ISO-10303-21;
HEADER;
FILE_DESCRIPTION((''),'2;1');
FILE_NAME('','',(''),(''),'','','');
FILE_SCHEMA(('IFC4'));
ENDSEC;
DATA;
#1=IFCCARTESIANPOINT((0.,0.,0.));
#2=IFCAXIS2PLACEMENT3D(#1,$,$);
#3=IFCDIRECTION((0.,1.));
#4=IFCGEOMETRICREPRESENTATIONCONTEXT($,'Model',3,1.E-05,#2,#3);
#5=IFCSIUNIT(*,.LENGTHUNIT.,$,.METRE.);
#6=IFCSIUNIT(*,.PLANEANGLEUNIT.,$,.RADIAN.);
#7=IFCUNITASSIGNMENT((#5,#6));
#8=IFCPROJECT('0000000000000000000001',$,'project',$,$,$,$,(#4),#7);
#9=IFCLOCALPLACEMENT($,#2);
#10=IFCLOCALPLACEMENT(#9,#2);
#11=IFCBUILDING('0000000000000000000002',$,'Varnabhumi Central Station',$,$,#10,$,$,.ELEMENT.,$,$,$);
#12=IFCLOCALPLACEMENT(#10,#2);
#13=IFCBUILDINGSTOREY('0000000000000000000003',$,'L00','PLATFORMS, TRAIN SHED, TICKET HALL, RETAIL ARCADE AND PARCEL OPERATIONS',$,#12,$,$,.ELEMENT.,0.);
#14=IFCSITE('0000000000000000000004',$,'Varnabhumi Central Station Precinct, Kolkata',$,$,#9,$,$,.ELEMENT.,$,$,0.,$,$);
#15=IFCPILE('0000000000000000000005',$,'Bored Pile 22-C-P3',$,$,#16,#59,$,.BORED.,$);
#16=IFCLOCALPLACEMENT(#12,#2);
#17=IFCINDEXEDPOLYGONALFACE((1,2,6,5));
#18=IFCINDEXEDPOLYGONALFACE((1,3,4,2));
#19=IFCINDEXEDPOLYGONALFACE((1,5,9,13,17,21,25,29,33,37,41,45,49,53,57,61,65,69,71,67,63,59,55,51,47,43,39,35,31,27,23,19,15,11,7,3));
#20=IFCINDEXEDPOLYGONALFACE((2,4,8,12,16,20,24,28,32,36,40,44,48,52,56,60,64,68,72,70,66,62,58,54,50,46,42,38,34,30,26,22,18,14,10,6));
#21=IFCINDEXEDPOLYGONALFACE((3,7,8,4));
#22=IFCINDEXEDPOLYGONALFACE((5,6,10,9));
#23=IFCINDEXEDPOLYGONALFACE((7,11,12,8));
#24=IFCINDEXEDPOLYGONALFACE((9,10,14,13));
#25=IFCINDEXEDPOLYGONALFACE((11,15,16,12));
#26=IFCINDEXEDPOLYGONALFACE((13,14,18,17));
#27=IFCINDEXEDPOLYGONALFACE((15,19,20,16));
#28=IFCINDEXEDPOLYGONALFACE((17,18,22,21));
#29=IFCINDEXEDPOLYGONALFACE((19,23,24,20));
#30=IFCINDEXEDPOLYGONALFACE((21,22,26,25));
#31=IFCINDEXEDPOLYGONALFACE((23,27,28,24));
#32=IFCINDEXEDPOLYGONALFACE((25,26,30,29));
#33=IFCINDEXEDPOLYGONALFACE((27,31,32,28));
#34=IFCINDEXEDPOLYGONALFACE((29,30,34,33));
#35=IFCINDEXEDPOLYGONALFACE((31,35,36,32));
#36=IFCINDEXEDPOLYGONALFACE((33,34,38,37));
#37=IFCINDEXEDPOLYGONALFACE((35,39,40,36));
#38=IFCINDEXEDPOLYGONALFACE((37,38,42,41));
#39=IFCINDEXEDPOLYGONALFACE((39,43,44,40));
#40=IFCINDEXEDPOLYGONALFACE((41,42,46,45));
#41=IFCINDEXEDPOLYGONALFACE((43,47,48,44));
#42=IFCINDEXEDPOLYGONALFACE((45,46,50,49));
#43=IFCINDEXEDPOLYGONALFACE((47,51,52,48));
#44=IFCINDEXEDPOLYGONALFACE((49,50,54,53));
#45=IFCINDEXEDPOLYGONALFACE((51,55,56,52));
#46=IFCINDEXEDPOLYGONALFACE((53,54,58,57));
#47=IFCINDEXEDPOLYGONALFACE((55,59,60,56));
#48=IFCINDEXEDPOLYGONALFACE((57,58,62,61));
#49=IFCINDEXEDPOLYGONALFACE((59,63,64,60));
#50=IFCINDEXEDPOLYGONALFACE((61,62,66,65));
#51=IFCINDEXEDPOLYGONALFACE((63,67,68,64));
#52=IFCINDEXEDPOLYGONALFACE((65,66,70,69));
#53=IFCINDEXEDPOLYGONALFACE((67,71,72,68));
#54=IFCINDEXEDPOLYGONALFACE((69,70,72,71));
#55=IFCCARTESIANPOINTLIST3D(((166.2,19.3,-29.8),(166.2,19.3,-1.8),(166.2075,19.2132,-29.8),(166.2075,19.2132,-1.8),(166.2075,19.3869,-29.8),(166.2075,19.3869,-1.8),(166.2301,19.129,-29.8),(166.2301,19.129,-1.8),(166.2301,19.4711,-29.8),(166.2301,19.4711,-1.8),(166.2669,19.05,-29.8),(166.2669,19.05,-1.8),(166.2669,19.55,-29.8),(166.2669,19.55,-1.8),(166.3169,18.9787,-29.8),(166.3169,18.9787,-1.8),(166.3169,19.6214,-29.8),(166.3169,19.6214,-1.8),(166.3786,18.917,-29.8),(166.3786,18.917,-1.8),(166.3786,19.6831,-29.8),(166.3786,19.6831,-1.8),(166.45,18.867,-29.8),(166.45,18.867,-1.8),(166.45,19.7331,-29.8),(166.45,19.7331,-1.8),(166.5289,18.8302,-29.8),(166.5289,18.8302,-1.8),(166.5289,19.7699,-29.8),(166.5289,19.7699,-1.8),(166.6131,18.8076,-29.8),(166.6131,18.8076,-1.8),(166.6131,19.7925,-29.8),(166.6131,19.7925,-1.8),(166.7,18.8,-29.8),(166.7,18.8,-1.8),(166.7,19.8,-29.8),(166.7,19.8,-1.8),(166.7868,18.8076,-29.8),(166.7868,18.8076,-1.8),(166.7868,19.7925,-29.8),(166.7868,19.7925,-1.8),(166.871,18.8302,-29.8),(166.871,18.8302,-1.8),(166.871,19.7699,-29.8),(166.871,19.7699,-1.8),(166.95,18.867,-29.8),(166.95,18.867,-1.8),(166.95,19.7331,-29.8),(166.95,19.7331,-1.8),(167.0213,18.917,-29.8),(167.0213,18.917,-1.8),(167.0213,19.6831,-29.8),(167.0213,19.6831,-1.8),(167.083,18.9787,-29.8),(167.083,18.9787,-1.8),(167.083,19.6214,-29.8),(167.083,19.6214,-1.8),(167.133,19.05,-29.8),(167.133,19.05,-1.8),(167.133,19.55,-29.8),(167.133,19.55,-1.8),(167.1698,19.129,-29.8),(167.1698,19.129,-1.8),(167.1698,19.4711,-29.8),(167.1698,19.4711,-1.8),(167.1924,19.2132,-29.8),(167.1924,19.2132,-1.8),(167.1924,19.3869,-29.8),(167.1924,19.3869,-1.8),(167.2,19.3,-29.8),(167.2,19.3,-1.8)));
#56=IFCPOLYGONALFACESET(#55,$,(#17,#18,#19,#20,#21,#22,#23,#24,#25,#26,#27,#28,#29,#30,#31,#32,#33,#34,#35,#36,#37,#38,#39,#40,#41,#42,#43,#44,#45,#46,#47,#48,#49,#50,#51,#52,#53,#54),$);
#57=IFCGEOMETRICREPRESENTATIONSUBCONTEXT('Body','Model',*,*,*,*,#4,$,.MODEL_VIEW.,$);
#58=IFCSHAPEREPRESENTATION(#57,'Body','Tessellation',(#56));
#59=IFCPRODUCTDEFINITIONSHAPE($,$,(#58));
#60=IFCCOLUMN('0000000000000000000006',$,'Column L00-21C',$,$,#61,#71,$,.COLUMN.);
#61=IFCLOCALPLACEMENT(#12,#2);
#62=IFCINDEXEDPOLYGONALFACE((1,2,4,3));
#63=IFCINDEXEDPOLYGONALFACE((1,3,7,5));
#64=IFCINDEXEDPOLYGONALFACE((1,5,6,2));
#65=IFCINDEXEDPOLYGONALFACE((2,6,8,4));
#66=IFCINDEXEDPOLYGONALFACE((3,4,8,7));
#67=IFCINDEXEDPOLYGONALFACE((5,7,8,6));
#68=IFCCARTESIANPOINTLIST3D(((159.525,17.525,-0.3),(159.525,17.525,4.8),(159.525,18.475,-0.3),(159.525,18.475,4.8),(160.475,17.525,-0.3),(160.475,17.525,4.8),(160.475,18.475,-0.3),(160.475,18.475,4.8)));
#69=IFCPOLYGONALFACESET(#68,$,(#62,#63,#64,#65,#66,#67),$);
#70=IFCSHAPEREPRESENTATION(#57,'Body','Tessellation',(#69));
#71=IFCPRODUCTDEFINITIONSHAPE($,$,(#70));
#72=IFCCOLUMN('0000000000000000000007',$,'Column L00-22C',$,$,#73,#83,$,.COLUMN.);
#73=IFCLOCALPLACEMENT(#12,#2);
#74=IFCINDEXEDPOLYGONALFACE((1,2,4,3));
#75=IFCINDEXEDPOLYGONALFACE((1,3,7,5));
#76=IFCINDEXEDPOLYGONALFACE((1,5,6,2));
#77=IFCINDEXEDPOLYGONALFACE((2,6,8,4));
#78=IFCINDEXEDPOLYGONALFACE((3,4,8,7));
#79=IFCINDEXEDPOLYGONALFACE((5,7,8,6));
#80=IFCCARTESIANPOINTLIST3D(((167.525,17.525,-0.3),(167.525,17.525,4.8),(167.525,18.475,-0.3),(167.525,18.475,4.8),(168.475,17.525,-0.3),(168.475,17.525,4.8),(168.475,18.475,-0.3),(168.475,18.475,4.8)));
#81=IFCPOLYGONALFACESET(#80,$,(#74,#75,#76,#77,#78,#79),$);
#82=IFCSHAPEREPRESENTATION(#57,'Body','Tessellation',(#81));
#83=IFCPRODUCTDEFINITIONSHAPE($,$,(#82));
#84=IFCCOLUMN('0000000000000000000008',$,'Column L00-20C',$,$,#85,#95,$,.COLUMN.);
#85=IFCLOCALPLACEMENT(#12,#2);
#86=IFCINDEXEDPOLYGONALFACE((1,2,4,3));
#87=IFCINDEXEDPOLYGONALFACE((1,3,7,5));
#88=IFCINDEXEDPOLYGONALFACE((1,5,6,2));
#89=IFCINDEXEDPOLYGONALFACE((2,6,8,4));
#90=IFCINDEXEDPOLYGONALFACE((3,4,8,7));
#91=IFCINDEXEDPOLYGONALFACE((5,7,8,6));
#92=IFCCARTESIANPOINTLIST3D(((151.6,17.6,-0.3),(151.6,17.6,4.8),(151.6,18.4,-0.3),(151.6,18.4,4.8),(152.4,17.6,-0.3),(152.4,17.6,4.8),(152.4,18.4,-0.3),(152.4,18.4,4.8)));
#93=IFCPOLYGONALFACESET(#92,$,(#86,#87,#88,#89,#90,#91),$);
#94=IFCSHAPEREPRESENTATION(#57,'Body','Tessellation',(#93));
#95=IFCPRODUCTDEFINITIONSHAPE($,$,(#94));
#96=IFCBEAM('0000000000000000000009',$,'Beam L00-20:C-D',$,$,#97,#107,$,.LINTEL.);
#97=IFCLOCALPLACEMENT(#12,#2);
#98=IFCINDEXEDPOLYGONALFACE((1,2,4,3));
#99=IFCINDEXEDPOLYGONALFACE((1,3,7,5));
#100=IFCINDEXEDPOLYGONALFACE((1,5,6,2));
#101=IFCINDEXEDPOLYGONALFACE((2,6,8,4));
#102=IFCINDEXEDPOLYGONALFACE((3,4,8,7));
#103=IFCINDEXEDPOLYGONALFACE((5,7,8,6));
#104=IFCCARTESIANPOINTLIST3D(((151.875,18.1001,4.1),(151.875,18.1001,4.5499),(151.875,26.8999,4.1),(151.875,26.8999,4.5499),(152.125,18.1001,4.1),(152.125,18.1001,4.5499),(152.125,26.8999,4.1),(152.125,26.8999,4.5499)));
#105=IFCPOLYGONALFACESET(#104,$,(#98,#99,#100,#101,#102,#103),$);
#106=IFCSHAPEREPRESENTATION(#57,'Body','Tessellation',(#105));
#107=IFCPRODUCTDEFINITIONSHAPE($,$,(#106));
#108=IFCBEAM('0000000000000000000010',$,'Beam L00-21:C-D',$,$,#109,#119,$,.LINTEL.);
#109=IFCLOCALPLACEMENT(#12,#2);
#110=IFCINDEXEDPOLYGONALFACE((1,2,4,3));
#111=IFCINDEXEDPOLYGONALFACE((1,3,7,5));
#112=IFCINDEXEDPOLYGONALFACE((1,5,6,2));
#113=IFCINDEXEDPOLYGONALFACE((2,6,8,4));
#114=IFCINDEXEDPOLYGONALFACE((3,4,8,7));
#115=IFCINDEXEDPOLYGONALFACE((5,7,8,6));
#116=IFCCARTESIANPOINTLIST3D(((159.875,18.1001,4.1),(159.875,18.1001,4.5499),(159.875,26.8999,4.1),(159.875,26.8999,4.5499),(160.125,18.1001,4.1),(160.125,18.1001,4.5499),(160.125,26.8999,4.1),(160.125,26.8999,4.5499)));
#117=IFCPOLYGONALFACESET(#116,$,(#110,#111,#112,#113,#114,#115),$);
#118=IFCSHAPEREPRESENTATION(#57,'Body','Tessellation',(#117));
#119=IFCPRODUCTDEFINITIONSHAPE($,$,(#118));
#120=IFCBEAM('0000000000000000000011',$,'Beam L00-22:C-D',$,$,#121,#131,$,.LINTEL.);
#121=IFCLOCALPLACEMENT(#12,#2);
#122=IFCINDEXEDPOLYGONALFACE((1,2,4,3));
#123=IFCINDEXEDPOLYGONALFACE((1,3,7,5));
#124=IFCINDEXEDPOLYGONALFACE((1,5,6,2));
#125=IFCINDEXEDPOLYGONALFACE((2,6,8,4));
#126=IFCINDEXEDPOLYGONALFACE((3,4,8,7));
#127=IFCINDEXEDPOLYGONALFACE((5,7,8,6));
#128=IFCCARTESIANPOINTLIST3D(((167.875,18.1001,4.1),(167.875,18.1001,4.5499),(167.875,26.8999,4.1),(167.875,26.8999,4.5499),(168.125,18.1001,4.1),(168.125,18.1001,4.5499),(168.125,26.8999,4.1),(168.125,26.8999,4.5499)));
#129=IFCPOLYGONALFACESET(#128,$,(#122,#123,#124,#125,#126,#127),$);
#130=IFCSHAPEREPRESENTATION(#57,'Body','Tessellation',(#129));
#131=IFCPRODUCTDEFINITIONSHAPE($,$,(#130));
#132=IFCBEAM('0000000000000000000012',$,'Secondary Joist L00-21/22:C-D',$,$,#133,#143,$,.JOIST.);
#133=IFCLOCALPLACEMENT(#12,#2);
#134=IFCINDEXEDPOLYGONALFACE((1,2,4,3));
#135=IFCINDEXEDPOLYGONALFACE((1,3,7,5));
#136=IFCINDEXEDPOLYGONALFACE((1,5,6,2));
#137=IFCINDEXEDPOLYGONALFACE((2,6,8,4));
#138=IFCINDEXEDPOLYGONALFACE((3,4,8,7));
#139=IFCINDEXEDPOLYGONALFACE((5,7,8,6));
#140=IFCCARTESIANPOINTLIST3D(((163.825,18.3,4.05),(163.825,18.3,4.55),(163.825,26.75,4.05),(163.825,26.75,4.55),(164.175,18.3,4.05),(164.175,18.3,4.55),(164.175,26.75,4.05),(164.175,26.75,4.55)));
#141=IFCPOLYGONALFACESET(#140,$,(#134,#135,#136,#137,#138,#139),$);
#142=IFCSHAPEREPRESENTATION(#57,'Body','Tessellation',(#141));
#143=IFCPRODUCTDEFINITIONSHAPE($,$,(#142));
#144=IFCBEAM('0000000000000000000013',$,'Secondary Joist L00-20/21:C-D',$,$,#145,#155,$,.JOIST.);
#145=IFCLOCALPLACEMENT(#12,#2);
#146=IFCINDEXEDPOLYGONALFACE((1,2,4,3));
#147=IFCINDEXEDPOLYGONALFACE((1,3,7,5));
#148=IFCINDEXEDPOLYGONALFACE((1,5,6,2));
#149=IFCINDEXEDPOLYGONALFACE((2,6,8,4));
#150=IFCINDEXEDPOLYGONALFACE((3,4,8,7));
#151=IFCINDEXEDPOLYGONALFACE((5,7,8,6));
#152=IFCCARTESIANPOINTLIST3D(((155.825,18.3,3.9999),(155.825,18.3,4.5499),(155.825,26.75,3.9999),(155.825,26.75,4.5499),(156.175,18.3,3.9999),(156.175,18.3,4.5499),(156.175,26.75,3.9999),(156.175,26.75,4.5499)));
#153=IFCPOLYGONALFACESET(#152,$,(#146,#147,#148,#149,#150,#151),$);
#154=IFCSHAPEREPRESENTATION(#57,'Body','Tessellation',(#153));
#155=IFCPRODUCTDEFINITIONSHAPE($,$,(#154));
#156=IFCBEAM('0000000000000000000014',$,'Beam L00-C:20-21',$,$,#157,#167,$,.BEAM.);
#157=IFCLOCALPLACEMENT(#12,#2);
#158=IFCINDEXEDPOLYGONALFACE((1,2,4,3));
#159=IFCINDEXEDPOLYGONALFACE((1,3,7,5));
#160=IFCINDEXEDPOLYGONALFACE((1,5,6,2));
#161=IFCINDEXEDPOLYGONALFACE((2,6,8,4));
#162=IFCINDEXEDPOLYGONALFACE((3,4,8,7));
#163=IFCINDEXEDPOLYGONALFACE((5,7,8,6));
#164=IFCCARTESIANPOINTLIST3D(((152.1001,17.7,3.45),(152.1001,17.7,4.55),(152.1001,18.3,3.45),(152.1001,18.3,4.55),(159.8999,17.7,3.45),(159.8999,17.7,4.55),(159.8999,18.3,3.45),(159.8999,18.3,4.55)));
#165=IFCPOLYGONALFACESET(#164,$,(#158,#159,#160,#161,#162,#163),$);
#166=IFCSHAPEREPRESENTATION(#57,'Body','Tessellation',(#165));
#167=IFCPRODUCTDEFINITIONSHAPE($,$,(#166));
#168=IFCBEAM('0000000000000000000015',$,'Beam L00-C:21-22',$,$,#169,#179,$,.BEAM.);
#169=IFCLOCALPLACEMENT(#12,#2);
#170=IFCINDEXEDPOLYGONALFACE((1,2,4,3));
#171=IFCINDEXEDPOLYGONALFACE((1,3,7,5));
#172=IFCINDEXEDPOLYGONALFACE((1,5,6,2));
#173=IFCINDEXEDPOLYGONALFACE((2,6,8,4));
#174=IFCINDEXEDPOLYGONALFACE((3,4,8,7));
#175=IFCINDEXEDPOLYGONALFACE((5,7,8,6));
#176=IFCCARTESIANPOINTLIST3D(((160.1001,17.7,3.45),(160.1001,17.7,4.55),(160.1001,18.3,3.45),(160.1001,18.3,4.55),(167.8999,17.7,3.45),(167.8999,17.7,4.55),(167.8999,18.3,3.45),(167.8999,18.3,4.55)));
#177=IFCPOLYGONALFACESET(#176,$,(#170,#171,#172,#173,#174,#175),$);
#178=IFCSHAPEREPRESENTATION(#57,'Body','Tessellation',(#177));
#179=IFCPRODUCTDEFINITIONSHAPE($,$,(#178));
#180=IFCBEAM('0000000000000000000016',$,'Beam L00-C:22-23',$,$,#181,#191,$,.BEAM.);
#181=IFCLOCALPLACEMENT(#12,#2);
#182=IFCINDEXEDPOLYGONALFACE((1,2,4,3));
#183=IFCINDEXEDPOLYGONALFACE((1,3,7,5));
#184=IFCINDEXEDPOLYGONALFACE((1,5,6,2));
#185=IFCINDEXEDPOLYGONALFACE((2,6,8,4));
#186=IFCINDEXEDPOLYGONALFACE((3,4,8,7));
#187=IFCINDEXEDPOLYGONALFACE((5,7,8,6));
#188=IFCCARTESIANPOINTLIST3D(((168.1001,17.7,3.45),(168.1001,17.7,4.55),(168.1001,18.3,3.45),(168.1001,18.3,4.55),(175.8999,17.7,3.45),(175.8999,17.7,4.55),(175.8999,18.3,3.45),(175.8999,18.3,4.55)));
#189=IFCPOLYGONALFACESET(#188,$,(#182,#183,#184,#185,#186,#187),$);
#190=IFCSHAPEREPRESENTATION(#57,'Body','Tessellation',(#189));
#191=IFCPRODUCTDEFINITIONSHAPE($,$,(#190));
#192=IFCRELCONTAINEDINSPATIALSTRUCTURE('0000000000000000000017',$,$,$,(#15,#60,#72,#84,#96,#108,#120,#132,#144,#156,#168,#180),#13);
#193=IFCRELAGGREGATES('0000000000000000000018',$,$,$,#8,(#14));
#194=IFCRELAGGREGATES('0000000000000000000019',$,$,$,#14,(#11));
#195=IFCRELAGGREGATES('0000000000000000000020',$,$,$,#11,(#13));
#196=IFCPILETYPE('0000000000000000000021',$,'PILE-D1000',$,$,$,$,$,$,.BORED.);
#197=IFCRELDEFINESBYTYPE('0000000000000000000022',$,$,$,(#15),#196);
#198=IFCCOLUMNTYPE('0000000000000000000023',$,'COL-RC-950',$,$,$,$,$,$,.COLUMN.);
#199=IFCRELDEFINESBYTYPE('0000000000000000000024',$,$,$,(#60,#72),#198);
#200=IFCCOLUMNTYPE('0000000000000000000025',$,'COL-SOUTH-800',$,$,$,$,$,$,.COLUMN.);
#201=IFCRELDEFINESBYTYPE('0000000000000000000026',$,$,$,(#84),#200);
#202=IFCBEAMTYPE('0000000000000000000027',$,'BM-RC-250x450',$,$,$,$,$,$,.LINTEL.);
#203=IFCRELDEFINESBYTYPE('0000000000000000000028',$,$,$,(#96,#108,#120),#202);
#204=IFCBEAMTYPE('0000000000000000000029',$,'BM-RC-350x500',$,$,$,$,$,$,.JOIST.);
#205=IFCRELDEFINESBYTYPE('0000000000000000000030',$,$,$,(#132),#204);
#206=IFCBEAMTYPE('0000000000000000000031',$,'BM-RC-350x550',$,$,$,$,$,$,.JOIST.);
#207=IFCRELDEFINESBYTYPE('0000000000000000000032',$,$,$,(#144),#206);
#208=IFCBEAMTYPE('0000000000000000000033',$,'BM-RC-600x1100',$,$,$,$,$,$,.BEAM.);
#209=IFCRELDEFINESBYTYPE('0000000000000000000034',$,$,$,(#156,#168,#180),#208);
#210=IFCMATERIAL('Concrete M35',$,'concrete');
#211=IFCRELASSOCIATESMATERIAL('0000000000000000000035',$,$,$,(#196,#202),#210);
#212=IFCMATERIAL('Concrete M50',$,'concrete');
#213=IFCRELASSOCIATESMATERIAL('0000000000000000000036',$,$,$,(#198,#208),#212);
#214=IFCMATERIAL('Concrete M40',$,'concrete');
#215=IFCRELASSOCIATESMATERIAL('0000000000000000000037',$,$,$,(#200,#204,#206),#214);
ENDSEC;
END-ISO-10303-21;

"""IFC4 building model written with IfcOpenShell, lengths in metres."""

from ifc_helpers import new_model, si_unit, direction, frame, origin, origin_2d, place, context, subcontext, project, spatial, rectangle, circle, extrude, material, material_profile, profile_set, type_object, element, save


model = new_model("IFC4")

# Units and contexts
model_context = context("Model", 3, precision=1e-05, world=origin(), true_north=direction((0.0, 1.0)))
body_context = subcontext(model_context, "Body", "Model", "MODEL_VIEW")
ifc_project = project(units=[si_unit("LENGTHUNIT", "METRE"), si_unit("PLANEANGLEUNIT", "RADIAN")], contexts=[model_context])

# Site, building, storey
site_placement = place(None, origin())
site = spatial("IfcSite", under=ifc_project, at=site_placement, Name="Varnabhumi Central Station Precinct, Kolkata", CompositionType="ELEMENT", RefElevation=0.0)
building_placement = place(site_placement, origin())
building = spatial("IfcBuilding", under=site, at=building_placement, Name="Varnabhumi Central Station", CompositionType="ELEMENT")
storey_placement = place(building_placement, origin())
storey = spatial("IfcBuildingStorey", under=building, at=storey_placement, Name="L00", Description="PLATFORMS, TRAIN SHED, TICKET HALL, RETAIL ARCADE AND PARCEL OPERATIONS", CompositionType="ELEMENT", Elevation=0.0)

# Shared definitions
ifc_material_1 = material(Name="Concrete M40", Category="concrete")

# Pile
ifc_material_2 = material(Name="Concrete M35", Category="concrete")
ifc_material_profile_1 = material_profile(ifc_material_2, circle(Radius=0.5, at=origin_2d()), Name="Concrete M35", Category="concrete")
ifc_profile_set_1 = profile_set([ifc_material_profile_1], Name="Concrete M35")
pile_type = type_object("IfcPileType", Name="PILE-D1000", PredefinedType="BORED", material=ifc_profile_set_1)
for number, where, z_axis, x_axis, name in (
    (1, (166.7, 19.3, -1.8), (0.0, 0.0, -1.0), (1.0, 0.0, 0.0), "Bored Pile 22-C-P3"),
):
    element("IfcPile", number, at=place(storey_placement, frame(where, z_axis=z_axis, x_axis=x_axis)), inside=storey, type_object=pile_type, Name=name, PredefinedType="BORED", context=body_context, shape_type="SweptSolid", body=[
        extrude(circle(Radius=0.5, at=origin_2d()), origin(), (0.0, 0.0, 1.0), 28.0),
    ])

# Columns
ifc_material_3 = material(Name="Concrete M50", Category="concrete")
ifc_material_profile_2 = material_profile(ifc_material_3, rectangle(XDim=0.95, YDim=0.95, at=origin_2d()), Name="Concrete M50", Category="concrete")
ifc_profile_set_2 = profile_set([ifc_material_profile_2], Name="Concrete M50")
column_type_1 = type_object("IfcColumnType", Name="COL-RC-950", PredefinedType="COLUMN", material=ifc_profile_set_2)
for number, where, z_axis, x_axis, name in (
    (2, (160.0, 18.0, -0.3), (0.0, 0.0, 1.0), (1.0, 0.0, 0.0), "Column L00-21C"),
    (3, (168.0, 18.0, -0.3), (0.0, 0.0, 1.0), (1.0, 0.0, 0.0), "Column L00-22C"),
):
    element("IfcColumn", number, at=place(storey_placement, frame(where, z_axis=z_axis, x_axis=x_axis)), inside=storey, type_object=column_type_1, Name=name, PredefinedType="COLUMN", context=body_context, shape_type="SweptSolid", body=[
        extrude(rectangle(XDim=0.95, YDim=0.95, at=origin_2d()), origin(), (0.0, 0.0, 1.0), 5.1001),
    ])
ifc_material_profile_3 = material_profile(ifc_material_1, rectangle(XDim=0.8, YDim=0.8, at=origin_2d()), Name="Concrete M40", Category="concrete")
ifc_profile_set_3 = profile_set([ifc_material_profile_3], Name="Concrete M40")
column_type_2 = type_object("IfcColumnType", Name="COL-SOUTH-800", PredefinedType="COLUMN", material=ifc_profile_set_3)
column_placement = place(storey_placement, frame((152.0, 18.0, -0.3), z_axis=(0.0, 0.0, 1.0), x_axis=(1.0, 0.0, 0.0)))
element("IfcColumn", 4, at=column_placement, inside=storey, type_object=column_type_2, Name="Column L00-20C", PredefinedType="COLUMN", context=body_context, shape_type="SweptSolid", body=[
    extrude(rectangle(XDim=0.8, YDim=0.8, at=origin_2d()), origin(), (0.0, 0.0, 1.0), 5.1001),
])

# Beams
ifc_material_profile_4 = material_profile(ifc_material_2, rectangle(XDim=0.25, YDim=0.45, at=origin_2d()), Name="Concrete M35", Category="concrete")
ifc_profile_set_4 = profile_set([ifc_material_profile_4], Name="Concrete M35")
beam_type_1 = type_object("IfcBeamType", Name="BM-RC-250x450", PredefinedType="LINTEL", material=ifc_profile_set_4)
for number, where, z_axis, x_axis, name in (
    (5, (152.0, 18.1001, 4.325), (0.0, 1.0, 0.0), (-1.0, 0.0, 0.0), "Beam L00-20:C-D"),
    (6, (160.0, 18.1001, 4.325), (0.0, 1.0, 0.0), (-1.0, 0.0, 0.0), "Beam L00-21:C-D"),
    (7, (168.0, 18.1001, 4.325), (0.0, 1.0, 0.0), (-1.0, 0.0, 0.0), "Beam L00-22:C-D"),
):
    element("IfcBeam", number, at=place(storey_placement, frame(where, z_axis=z_axis, x_axis=x_axis)), inside=storey, type_object=beam_type_1, Name=name, PredefinedType="LINTEL", context=body_context, shape_type="SweptSolid", body=[
        extrude(rectangle(XDim=0.25, YDim=0.45, at=origin_2d()), origin(), (0.0, 0.0, 1.0), 8.7998),
    ])
ifc_material_profile_5 = material_profile(ifc_material_1, rectangle(XDim=0.3501, YDim=0.5, at=origin_2d()), Name="Concrete M40", Category="concrete")
ifc_profile_set_5 = profile_set([ifc_material_profile_5], Name="Concrete M40")
beam_type_2 = type_object("IfcBeamType", Name="BM-RC-350x500", PredefinedType="JOIST", material=ifc_profile_set_5)
beam_1_placement = place(storey_placement, frame((164.0, 18.3, 4.3), z_axis=(0.0, 1.0, 0.0), x_axis=(-1.0, 0.0, 0.0)))
element("IfcBeam", 8, at=beam_1_placement, inside=storey, type_object=beam_type_2, Name="Secondary Joist L00-21/22:C-D", PredefinedType="JOIST", context=body_context, shape_type="SweptSolid", body=[
    extrude(rectangle(XDim=0.3501, YDim=0.5, at=origin_2d()), origin(), (0.0, 0.0, 1.0), 8.45),
])
ifc_material_profile_6 = material_profile(ifc_material_1, rectangle(XDim=0.3501, YDim=0.55, at=origin_2d()), Name="Concrete M40", Category="concrete")
ifc_profile_set_6 = profile_set([ifc_material_profile_6], Name="Concrete M40")
beam_type_3 = type_object("IfcBeamType", Name="BM-RC-350x550", PredefinedType="JOIST", material=ifc_profile_set_6)
beam_2_placement = place(storey_placement, frame((156.0, 18.3, 4.2749), z_axis=(0.0, 1.0, 0.0), x_axis=(-1.0, 0.0, 0.0)))
element("IfcBeam", 9, at=beam_2_placement, inside=storey, type_object=beam_type_3, Name="Secondary Joist L00-20/21:C-D", PredefinedType="JOIST", context=body_context, shape_type="SweptSolid", body=[
    extrude(rectangle(XDim=0.3501, YDim=0.55, at=origin_2d()), origin(), (0.0, 0.0, 1.0), 8.45),
])
ifc_material_profile_7 = material_profile(ifc_material_3, rectangle(XDim=0.6001, YDim=1.1001, at=origin_2d()), Name="Concrete M50", Category="concrete")
ifc_profile_set_7 = profile_set([ifc_material_profile_7], Name="Concrete M50")
beam_type_4 = type_object("IfcBeamType", Name="BM-RC-600x1100", PredefinedType="BEAM", material=ifc_profile_set_7)
for number, where, z_axis, x_axis, name in (
    (10, (152.1001, 18.0, 4.0), (1.0, 0.0, 0.0), (0.0, 1.0, 0.0), "Beam L00-C:20-21"),
    (11, (160.1001, 18.0, 4.0), (1.0, 0.0, 0.0), (0.0, 1.0, 0.0), "Beam L00-C:21-22"),
    (12, (168.1001, 18.0, 4.0), (1.0, 0.0, 0.0), (0.0, 1.0, 0.0), "Beam L00-C:22-23"),
):
    element("IfcBeam", number, at=place(storey_placement, frame(where, z_axis=z_axis, x_axis=x_axis)), inside=storey, type_object=beam_type_4, Name=name, PredefinedType="BEAM", context=body_context, shape_type="SweptSolid", body=[
        extrude(rectangle(XDim=0.6001, YDim=1.1001, at=origin_2d()), origin(), (0.0, 0.0, 1.0), 7.7998),
    ])

save(model, "model.ifc")
